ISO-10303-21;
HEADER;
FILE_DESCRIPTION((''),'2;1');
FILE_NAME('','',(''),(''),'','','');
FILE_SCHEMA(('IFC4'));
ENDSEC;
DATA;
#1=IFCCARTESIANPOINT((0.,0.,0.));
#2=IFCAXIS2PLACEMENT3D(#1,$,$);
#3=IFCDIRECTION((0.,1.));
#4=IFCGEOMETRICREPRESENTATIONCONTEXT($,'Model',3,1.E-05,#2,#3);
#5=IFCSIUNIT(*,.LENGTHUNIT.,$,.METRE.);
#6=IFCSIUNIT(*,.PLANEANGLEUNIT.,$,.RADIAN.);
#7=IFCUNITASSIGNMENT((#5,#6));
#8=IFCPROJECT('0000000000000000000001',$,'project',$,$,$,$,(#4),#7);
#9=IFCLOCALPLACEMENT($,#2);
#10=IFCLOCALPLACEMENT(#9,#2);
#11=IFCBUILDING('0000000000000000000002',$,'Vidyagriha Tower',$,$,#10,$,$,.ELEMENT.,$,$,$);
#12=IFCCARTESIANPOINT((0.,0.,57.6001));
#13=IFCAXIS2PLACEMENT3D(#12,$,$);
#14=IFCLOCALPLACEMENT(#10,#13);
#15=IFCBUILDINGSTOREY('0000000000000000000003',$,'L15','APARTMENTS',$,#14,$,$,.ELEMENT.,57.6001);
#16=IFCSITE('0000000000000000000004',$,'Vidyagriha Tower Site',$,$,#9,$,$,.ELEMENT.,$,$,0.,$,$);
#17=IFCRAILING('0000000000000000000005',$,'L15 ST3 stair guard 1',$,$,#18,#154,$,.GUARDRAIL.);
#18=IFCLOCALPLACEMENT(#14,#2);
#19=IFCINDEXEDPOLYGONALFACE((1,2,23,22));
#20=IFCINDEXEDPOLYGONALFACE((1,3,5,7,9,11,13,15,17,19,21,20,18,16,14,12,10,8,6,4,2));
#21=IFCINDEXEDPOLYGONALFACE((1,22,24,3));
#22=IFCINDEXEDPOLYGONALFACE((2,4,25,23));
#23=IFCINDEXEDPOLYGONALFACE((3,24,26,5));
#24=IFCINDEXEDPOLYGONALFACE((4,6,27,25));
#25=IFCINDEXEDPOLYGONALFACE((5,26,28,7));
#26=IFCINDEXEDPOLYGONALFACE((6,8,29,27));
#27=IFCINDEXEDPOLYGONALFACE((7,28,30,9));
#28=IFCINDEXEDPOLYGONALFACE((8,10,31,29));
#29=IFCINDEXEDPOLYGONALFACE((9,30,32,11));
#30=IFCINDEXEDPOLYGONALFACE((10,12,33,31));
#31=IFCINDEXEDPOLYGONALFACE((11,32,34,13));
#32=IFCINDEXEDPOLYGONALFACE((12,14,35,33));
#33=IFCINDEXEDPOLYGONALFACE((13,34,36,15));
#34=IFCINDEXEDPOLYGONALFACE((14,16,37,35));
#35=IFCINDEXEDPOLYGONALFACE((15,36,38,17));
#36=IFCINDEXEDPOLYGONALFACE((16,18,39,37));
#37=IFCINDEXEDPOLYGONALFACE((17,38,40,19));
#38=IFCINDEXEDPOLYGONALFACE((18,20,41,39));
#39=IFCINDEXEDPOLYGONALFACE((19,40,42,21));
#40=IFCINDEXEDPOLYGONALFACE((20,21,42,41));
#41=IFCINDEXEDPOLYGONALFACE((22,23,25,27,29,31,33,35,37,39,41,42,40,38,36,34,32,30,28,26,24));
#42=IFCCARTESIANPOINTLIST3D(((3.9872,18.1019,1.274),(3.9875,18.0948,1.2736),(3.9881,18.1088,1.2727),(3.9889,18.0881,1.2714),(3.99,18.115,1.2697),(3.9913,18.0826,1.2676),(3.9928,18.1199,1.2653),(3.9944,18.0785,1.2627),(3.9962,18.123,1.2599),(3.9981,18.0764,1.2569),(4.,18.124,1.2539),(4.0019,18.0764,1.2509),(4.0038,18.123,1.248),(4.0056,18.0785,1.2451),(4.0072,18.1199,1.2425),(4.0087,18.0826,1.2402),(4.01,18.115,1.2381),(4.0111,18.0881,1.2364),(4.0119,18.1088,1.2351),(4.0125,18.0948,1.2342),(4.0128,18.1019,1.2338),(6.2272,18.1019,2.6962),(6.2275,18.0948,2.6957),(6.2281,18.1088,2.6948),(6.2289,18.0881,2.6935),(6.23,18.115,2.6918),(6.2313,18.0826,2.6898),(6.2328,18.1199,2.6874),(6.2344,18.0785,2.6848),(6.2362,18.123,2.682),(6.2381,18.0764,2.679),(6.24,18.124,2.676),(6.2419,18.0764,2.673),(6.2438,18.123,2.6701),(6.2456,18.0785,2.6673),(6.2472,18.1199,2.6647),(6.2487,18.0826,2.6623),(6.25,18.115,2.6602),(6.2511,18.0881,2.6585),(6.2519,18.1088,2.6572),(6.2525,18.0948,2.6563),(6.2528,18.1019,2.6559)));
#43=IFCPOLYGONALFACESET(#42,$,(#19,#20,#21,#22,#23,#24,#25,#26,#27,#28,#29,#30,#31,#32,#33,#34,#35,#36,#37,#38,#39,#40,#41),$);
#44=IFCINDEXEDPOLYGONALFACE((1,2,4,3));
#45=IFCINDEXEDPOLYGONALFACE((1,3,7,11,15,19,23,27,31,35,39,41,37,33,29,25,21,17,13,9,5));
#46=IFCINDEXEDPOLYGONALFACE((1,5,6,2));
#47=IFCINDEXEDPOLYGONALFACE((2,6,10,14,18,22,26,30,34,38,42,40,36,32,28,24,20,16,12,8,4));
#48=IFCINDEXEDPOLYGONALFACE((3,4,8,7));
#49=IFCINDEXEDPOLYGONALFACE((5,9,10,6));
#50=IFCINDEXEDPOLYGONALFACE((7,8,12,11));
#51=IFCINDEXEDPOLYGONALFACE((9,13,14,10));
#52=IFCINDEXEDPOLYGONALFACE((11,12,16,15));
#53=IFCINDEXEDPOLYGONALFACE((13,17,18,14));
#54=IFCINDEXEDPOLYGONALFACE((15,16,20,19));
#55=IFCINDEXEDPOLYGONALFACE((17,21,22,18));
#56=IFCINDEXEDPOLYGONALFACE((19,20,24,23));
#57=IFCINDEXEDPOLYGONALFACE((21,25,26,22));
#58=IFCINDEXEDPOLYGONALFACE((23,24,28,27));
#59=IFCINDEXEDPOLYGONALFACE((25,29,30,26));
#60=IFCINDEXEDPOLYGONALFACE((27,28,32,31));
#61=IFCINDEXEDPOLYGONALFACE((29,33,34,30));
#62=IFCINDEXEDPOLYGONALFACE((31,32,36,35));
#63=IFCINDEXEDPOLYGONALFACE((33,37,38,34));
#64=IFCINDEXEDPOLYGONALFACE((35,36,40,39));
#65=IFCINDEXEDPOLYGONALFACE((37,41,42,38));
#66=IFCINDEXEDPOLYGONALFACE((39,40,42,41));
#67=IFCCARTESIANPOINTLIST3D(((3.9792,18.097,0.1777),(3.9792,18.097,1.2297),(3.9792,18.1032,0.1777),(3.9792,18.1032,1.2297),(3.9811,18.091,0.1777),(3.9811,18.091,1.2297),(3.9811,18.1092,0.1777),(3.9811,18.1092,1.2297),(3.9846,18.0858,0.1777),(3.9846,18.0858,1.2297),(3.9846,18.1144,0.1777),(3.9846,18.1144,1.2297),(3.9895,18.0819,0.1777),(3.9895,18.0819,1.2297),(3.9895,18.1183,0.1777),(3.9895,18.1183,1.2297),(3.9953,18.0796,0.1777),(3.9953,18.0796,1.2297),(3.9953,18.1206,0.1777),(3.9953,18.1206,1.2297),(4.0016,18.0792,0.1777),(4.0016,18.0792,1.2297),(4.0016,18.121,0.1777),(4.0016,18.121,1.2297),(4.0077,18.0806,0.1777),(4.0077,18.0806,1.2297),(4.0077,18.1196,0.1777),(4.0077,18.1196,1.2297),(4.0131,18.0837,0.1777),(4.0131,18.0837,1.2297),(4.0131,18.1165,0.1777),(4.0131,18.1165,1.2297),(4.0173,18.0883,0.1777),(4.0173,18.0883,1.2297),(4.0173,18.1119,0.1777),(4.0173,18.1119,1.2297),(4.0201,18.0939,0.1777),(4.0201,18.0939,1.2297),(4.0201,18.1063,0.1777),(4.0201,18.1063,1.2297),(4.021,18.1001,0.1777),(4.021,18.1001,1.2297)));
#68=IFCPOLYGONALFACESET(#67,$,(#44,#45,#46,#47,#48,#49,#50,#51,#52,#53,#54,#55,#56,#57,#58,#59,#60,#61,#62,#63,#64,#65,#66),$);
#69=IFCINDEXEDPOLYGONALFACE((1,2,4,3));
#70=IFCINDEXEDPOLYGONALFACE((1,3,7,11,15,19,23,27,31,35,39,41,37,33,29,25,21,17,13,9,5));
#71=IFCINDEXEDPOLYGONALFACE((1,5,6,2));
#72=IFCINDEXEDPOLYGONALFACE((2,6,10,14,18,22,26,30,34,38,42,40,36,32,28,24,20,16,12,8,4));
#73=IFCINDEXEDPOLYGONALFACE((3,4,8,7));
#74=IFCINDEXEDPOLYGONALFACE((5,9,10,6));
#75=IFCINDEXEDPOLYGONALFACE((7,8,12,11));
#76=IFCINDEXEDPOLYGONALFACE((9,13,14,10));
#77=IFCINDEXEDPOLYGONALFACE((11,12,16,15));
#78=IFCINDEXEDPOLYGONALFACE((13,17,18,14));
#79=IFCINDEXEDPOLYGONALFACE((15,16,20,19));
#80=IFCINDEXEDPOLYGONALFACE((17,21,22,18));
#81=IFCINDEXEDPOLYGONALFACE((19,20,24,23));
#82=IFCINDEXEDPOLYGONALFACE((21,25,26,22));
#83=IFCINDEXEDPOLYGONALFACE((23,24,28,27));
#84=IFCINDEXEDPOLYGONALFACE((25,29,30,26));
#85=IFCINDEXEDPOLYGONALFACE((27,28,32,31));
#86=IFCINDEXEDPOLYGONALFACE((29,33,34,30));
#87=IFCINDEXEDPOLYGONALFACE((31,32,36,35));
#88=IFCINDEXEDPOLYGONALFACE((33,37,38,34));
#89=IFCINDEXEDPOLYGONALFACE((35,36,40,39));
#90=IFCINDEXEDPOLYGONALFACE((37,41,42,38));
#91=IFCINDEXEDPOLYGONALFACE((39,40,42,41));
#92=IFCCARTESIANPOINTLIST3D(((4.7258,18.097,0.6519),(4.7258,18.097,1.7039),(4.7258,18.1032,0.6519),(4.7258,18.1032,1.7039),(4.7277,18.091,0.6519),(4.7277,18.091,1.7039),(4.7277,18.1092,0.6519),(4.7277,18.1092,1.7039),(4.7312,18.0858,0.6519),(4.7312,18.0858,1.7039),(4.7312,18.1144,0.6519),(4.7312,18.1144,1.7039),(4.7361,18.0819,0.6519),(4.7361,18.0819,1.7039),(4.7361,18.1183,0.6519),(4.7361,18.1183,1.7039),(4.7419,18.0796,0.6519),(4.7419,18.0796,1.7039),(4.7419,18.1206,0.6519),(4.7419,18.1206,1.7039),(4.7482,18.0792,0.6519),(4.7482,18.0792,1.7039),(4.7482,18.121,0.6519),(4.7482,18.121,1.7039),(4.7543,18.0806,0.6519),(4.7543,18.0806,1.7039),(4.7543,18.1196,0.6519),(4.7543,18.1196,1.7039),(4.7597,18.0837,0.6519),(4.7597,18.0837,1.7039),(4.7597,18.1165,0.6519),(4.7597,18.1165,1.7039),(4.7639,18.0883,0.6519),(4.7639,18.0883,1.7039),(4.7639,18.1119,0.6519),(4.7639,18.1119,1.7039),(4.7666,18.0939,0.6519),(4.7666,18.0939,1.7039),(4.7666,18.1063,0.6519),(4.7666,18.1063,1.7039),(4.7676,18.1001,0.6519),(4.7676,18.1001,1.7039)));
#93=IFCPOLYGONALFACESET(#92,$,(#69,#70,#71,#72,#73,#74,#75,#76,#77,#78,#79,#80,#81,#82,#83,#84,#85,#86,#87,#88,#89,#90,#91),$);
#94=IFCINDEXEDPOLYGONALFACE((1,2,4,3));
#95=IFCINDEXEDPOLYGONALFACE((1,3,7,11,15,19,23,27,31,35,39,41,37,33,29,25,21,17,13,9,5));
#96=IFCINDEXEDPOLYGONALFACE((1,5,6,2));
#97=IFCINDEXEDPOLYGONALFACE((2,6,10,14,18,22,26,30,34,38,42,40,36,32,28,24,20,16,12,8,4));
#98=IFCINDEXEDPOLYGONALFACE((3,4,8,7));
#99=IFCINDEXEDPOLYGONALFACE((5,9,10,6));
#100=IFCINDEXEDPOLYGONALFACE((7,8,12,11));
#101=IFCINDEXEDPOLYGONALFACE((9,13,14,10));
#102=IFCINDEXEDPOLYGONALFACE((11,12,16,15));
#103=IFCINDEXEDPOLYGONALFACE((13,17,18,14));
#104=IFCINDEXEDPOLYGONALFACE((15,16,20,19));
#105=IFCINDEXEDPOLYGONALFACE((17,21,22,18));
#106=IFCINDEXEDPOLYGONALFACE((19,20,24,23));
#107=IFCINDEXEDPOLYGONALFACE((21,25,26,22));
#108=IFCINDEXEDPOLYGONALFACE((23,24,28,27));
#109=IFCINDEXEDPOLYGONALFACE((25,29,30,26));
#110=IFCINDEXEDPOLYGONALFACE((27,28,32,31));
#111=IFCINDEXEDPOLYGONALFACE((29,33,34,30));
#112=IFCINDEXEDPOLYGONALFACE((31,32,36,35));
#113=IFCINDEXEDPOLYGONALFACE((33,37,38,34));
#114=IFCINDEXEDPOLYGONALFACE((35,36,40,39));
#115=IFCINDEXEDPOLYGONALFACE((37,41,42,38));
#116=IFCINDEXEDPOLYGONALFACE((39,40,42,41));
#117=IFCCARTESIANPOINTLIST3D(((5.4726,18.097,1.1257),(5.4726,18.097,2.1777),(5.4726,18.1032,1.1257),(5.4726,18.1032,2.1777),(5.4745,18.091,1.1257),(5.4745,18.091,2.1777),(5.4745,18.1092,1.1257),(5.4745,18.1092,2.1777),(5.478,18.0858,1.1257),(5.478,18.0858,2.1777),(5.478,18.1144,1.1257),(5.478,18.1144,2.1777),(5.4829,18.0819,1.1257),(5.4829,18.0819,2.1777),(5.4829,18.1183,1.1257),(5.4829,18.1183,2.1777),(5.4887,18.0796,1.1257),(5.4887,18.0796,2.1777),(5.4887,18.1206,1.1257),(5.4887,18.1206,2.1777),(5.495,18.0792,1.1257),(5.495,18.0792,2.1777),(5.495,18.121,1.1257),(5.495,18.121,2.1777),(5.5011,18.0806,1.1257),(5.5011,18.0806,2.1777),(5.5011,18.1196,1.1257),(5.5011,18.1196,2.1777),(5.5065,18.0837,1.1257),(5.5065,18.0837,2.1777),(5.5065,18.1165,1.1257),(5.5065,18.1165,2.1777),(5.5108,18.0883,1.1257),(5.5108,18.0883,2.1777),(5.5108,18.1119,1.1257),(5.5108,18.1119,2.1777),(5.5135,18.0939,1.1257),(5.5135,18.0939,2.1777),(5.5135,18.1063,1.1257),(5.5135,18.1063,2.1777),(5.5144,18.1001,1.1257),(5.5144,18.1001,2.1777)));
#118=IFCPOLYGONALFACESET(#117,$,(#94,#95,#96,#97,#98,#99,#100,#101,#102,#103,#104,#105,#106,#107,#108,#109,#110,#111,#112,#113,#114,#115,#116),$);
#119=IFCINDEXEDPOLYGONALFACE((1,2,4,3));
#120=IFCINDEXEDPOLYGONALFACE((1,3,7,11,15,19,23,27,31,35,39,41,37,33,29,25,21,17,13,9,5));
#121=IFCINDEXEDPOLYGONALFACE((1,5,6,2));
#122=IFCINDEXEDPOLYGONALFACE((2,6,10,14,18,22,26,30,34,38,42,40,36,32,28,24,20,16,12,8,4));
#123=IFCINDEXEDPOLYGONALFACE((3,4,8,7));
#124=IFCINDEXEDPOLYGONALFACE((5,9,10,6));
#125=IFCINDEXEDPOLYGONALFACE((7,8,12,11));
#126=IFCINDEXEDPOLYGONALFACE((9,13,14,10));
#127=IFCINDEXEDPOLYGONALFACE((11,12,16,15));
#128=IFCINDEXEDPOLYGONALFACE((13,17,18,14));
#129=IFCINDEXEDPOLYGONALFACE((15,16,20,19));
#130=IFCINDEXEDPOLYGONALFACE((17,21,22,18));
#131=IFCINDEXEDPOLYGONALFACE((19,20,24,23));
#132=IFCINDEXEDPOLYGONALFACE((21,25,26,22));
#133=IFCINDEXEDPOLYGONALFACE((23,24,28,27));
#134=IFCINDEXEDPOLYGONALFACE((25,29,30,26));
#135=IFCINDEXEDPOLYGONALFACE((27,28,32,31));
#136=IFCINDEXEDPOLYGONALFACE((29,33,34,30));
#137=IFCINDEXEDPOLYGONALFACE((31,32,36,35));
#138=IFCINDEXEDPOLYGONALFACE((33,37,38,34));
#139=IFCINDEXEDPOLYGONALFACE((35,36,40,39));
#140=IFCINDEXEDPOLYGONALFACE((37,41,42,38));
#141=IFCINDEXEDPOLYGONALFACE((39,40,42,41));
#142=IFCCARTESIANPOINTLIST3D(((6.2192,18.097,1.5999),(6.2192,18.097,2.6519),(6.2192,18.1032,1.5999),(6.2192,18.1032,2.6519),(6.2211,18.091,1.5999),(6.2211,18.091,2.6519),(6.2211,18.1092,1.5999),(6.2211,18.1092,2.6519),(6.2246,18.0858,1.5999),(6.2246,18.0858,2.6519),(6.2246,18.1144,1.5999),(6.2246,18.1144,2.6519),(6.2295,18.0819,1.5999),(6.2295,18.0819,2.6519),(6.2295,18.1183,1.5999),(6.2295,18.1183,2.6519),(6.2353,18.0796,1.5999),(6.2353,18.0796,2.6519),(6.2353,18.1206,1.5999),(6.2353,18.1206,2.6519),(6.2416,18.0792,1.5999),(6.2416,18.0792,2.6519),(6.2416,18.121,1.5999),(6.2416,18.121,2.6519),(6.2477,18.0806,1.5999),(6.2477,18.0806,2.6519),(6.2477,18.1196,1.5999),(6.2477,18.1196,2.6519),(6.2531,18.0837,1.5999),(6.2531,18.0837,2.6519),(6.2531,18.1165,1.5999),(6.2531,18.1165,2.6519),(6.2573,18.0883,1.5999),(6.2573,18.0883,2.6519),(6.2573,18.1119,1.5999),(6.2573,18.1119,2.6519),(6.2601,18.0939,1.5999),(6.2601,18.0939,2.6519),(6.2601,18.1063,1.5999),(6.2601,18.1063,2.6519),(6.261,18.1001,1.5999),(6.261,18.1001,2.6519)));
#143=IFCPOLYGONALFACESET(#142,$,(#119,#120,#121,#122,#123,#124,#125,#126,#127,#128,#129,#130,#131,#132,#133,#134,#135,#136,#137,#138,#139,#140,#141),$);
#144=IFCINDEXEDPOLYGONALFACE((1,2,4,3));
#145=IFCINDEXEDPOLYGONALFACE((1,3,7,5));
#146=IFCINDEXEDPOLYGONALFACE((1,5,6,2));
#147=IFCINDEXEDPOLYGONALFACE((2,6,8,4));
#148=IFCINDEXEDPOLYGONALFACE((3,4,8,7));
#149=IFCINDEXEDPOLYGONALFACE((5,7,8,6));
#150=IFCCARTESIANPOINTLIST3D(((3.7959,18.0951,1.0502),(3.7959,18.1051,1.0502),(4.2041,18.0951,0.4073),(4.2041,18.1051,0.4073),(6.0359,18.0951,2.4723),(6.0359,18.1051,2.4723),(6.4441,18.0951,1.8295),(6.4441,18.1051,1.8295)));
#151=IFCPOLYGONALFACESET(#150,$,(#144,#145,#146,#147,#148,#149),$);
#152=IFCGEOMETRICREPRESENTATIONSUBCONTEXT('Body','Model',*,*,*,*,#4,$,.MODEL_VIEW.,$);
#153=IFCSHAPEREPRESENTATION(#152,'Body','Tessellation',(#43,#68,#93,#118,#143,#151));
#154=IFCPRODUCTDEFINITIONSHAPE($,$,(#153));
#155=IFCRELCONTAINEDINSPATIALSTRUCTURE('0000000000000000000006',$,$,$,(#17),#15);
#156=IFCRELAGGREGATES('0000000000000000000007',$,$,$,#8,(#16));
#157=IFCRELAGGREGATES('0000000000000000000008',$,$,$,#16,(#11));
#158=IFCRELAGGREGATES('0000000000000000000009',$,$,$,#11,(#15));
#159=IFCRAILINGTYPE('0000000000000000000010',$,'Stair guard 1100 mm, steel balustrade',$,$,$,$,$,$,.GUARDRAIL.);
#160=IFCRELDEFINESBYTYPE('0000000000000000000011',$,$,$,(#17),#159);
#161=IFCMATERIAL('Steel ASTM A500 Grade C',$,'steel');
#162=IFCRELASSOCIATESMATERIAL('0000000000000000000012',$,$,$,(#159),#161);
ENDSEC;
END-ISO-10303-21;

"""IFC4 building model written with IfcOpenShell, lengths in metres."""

from ifc_helpers import new_model, si_unit, direction, frame, origin, origin_2d, place, context, subcontext, project, spatial, rectangle, circle, extrude, material, type_object, element, save


model = new_model("IFC4")

# Units and contexts
model_context = context("Model", 3, precision=1e-05, world=origin(), true_north=direction((0.0, 1.0)))
body_context = subcontext(model_context, "Body", "Model", "MODEL_VIEW")
ifc_project = project(units=[si_unit("LENGTHUNIT", "METRE"), si_unit("PLANEANGLEUNIT", "RADIAN")], contexts=[model_context])

# Site, building, storey
site_placement = place(None, origin())
site = spatial("IfcSite", under=ifc_project, at=site_placement, Name="Vidyagriha Tower Site", CompositionType="ELEMENT", RefElevation=0.0)
building_placement = place(site_placement, origin())
building = spatial("IfcBuilding", under=site, at=building_placement, Name="Vidyagriha Tower", CompositionType="ELEMENT")
storey_placement = place(building_placement, frame((0.0, 0.0, 57.6001)))
storey = spatial("IfcBuildingStorey", under=building, at=storey_placement, Name="L15", Description="APARTMENTS", CompositionType="ELEMENT", Elevation=57.6001)

# Railing
ifc_material_1 = material(Name="Steel ASTM A500 Grade C", Category="steel")
railing_type_1 = type_object("IfcRailingType", Name="Stair guard 1100 mm, steel balustrade", PredefinedType="GUARDRAIL", material=ifc_material_1)
railing_1_placement = place(storey_placement, frame((4.0, 18.1001, 0.1777)))
element("IfcRailing", 1, at=railing_1_placement, inside=storey, type_object=railing_type_1, Name="L15 ST3 stair guard 1", PredefinedType="GUARDRAIL", context=body_context, shape_type="SweptSolid", body=[
    extrude(circle(Radius=0.0239, at=origin_2d()), frame((0.0, 0.0, 1.0762), z_axis=(0.844229, 0.0, 0.535982), x_axis=(0.0, 1.0, 0.0)), (0.0, 0.0, 1.0), 2.6533),
    extrude(circle(Radius=0.021, at=origin_2d()), origin(), (0.0, 0.0, 1.0), 1.052),
    extrude(circle(Radius=0.021, at=origin_2d()), frame((0.7466, 0.0, 0.4741)), (0.0, 0.0, 1.0), 1.052),
    extrude(circle(Radius=0.021, at=origin_2d()), frame((1.4934, 0.0, 0.948)), (0.0, 0.0, 1.0), 1.052),
    extrude(circle(Radius=0.021, at=origin_2d()), frame((2.24, 0.0, 1.4221)), (0.0, 0.0, 1.0), 1.052),
    extrude(rectangle(XDim=0.01, YDim=0.7615, at=origin_2d()), frame((0.0, 0.0, 0.551), z_axis=(0.844229, 0.0, 0.535982), x_axis=(0.0, 1.0, 0.0)), (0.0, 0.0, 1.0), 2.6533),
])

save(model, "model.ifc")
